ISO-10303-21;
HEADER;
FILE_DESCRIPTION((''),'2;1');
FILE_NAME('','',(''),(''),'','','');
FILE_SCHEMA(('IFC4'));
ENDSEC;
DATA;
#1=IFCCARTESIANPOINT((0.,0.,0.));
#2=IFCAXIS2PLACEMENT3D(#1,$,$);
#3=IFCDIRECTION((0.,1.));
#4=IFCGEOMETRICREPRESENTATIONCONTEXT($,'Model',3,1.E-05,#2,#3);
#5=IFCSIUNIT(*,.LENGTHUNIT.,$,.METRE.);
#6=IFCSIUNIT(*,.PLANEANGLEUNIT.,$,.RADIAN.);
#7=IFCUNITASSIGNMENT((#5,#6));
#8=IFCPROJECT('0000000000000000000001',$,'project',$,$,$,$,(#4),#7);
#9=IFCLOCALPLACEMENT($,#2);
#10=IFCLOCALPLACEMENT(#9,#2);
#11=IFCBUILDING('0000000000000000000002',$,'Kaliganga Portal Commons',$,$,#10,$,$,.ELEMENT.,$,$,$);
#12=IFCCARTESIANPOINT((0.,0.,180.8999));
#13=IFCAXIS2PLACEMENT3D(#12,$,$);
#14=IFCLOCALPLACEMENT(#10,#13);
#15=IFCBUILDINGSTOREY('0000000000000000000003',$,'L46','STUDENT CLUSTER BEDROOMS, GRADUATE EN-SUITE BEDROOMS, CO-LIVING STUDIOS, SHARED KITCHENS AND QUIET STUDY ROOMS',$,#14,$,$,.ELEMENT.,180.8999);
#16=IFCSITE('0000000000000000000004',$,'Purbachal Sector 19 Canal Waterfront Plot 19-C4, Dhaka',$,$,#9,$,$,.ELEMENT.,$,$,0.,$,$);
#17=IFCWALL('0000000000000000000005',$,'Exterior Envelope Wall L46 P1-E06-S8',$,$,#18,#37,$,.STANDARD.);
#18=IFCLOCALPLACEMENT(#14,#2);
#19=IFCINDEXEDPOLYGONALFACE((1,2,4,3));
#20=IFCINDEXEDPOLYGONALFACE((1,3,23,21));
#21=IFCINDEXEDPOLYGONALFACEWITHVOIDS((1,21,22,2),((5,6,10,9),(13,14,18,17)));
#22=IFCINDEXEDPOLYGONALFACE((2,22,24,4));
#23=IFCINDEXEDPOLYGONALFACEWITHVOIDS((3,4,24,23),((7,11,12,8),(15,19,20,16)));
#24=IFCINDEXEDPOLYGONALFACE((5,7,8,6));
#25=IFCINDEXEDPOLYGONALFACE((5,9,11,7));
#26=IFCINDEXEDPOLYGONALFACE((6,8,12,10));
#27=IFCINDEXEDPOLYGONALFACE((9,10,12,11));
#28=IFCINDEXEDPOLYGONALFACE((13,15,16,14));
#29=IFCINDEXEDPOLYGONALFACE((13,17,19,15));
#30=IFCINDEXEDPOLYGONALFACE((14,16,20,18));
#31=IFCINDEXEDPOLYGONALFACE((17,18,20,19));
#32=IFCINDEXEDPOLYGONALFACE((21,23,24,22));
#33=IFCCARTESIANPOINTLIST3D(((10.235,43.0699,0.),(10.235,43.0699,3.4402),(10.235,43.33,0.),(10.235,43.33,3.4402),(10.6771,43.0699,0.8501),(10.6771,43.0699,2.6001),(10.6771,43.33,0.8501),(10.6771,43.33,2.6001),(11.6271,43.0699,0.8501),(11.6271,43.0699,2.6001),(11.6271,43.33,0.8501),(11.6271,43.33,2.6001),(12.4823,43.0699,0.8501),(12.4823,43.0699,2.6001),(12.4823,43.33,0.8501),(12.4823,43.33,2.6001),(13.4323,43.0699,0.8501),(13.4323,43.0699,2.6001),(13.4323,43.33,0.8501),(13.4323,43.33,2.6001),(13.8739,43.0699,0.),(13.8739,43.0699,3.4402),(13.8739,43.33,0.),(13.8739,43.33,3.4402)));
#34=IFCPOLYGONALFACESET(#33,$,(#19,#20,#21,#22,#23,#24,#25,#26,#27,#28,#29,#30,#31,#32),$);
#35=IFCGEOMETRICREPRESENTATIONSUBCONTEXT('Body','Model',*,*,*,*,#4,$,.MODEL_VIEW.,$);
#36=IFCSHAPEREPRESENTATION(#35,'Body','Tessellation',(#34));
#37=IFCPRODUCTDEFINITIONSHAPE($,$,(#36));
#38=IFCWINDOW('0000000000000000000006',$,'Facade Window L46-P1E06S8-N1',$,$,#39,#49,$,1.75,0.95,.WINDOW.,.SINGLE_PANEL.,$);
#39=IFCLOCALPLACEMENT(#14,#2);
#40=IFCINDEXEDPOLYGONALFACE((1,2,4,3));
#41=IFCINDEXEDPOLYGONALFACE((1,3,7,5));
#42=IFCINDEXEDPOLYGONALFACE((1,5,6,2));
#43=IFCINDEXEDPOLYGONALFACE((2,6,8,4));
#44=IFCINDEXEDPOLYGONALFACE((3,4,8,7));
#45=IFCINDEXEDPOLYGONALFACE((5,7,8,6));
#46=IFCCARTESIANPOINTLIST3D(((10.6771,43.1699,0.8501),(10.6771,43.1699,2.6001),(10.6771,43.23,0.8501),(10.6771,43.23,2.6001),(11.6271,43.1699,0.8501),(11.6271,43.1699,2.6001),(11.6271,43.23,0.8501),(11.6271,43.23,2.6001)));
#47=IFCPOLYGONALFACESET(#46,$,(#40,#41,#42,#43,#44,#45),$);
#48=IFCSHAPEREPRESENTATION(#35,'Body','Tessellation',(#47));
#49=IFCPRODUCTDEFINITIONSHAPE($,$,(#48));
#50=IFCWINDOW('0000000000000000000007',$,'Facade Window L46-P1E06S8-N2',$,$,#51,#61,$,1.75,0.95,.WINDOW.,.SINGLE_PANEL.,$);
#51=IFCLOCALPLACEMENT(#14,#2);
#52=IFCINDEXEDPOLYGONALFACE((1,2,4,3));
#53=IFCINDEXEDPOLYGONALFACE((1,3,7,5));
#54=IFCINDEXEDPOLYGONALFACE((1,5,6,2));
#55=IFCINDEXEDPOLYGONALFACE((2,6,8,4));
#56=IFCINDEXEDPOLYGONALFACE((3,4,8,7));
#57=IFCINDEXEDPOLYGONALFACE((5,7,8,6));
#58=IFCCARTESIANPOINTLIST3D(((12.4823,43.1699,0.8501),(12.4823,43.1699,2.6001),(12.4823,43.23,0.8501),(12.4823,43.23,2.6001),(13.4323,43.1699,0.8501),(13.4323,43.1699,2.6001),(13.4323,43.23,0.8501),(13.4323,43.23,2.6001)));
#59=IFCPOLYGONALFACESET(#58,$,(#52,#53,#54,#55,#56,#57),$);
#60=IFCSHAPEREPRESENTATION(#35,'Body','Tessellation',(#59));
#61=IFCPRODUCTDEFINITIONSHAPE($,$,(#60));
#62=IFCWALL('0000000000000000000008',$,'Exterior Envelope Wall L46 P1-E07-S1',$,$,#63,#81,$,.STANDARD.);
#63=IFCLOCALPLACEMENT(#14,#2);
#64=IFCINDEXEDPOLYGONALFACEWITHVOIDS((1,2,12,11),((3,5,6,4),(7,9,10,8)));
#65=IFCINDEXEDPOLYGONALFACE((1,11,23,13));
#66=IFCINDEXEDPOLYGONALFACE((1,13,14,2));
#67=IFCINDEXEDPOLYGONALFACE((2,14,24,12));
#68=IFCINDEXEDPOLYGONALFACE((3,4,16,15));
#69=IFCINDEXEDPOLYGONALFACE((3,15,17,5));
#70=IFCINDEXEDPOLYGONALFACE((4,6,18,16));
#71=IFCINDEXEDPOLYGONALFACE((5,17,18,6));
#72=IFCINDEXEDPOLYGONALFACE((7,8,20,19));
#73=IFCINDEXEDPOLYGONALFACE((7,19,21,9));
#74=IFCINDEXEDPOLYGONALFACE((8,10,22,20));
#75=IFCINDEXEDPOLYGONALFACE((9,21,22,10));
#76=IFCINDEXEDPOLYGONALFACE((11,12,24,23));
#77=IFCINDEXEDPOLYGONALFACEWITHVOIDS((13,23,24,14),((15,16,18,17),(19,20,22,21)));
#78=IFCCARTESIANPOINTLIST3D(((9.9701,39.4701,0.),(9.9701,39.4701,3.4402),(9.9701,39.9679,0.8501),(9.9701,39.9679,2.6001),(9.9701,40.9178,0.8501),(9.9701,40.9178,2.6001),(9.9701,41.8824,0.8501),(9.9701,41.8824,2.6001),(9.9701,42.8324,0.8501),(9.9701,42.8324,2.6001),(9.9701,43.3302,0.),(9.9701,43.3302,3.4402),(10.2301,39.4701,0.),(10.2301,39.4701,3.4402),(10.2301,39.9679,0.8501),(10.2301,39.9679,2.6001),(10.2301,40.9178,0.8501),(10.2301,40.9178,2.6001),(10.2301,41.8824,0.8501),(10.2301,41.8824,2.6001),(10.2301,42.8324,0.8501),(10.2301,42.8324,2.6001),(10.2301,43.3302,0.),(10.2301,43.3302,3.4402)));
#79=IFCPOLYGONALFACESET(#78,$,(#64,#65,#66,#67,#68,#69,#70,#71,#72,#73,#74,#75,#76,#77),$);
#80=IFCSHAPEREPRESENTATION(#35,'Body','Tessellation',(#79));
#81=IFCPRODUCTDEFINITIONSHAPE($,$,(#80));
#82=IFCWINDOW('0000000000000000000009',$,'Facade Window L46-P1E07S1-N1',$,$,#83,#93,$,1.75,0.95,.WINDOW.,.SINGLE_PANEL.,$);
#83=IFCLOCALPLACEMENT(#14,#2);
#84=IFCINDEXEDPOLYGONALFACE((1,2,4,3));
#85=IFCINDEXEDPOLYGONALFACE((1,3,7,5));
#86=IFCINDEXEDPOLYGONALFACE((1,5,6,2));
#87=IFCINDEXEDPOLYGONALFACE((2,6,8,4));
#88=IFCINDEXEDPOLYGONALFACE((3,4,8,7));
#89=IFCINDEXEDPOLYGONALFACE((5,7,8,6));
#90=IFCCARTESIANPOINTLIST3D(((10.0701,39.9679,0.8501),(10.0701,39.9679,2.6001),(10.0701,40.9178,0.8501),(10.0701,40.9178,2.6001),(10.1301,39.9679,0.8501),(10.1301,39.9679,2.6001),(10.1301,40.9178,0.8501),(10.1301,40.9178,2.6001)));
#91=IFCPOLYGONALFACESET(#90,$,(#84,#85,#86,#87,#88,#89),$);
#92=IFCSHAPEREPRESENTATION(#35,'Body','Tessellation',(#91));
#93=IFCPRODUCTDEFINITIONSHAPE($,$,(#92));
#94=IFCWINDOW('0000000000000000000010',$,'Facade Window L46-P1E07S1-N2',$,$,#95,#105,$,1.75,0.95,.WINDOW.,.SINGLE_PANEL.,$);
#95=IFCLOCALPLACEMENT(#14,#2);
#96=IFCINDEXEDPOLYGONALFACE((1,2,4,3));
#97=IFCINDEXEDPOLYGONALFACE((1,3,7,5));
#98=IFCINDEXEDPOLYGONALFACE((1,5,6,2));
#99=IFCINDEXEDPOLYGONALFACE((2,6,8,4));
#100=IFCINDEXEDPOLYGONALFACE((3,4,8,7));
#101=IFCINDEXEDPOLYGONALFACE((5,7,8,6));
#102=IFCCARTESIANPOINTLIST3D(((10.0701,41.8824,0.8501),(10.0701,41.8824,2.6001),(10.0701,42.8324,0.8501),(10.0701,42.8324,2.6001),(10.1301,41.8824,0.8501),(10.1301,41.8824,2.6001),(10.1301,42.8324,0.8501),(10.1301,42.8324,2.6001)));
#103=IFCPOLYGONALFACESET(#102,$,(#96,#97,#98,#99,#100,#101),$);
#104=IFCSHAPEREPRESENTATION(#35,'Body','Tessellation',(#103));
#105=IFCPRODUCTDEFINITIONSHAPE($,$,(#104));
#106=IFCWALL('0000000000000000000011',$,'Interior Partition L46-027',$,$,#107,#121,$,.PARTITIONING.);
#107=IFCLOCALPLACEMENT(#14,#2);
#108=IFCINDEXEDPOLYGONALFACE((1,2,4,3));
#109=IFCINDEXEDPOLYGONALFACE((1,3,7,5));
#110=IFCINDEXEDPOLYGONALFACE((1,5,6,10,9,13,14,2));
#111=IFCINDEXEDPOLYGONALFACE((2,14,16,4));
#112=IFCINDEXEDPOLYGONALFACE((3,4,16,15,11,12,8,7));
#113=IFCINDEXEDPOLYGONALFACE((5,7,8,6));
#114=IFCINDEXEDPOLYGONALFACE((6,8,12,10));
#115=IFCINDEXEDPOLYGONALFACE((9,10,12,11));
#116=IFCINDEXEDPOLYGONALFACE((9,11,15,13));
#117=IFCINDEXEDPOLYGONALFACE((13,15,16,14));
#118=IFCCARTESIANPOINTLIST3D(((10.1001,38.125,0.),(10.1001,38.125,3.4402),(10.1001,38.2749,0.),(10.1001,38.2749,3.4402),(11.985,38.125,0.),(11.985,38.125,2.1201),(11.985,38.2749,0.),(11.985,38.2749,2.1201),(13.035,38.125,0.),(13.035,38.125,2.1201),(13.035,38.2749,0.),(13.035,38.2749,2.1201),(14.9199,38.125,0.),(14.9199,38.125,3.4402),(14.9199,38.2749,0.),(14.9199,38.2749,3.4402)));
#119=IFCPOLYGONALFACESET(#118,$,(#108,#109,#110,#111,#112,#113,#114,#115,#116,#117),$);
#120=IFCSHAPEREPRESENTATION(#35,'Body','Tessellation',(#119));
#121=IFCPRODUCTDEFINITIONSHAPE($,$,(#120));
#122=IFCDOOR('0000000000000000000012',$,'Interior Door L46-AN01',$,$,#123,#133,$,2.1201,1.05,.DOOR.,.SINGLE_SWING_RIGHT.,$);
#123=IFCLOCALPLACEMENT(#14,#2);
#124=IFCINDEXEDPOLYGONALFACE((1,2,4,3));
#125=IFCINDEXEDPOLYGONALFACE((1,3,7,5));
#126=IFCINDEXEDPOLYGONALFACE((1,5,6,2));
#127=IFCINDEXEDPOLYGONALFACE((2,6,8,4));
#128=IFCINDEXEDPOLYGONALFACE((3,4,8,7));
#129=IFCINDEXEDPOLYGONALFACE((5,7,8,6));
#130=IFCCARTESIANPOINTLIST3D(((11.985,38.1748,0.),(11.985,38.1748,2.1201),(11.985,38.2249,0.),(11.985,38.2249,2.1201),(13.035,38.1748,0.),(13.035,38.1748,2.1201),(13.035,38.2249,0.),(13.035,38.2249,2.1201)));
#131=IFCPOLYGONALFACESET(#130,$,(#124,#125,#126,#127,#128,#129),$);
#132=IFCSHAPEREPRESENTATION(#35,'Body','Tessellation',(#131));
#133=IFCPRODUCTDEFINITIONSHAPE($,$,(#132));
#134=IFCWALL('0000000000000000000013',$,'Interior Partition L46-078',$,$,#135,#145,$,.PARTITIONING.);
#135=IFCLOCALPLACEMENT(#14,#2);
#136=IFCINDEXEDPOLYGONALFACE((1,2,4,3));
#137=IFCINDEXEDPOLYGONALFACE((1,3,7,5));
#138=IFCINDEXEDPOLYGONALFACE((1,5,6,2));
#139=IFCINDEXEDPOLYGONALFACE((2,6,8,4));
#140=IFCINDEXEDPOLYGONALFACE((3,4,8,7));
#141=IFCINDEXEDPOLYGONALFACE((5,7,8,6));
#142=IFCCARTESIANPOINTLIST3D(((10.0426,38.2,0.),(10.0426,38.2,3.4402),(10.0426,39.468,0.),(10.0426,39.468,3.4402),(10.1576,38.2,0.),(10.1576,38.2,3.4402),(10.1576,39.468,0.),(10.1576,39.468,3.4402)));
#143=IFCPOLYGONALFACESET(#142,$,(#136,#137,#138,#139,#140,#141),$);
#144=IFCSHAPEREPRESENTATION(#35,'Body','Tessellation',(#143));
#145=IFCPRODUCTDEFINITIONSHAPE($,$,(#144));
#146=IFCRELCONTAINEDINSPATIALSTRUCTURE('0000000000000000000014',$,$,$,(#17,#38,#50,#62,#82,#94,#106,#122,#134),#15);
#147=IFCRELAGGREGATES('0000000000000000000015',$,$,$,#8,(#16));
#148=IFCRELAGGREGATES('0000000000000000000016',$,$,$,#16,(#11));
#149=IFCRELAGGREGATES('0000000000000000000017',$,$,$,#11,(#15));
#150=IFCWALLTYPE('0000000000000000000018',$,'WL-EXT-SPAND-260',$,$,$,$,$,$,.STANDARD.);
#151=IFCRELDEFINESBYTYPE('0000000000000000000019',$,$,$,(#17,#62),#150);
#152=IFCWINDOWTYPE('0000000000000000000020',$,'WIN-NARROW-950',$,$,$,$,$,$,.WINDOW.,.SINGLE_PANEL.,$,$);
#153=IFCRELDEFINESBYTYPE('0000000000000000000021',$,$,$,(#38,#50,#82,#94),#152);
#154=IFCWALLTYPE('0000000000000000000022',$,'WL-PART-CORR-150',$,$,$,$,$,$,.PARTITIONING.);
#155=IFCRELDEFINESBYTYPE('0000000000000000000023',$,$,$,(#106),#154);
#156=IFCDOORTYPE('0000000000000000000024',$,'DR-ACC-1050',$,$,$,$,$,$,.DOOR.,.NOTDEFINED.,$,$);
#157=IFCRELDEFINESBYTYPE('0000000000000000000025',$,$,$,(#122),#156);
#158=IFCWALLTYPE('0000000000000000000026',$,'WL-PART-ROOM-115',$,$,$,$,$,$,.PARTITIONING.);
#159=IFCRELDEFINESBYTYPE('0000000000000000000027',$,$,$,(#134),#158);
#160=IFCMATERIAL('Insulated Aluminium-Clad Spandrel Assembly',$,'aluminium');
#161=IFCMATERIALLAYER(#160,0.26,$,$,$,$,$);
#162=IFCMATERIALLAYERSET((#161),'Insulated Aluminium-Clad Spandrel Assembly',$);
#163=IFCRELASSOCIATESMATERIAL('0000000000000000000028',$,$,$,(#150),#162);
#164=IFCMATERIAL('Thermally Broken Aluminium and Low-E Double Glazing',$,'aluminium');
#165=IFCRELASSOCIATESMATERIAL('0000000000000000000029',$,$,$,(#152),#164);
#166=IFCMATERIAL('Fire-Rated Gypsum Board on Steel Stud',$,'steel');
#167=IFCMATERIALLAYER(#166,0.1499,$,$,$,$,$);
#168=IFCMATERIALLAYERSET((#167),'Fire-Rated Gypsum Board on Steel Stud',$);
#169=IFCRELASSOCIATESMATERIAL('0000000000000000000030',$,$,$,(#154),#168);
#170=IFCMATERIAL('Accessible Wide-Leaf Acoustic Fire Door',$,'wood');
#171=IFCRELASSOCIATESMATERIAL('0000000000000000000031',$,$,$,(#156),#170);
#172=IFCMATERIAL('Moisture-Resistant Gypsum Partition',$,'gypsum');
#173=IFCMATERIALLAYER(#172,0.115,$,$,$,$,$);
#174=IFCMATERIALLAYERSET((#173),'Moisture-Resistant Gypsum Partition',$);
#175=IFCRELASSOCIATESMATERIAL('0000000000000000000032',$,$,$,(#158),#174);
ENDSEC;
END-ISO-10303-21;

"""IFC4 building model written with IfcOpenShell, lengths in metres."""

from ifc_helpers import new_model, si_unit, direction, frame, frame_2d, origin, place, context, subcontext, project, spatial, rectangle, extrude, material, layer, layer_set, type_object, element, fill, save


model = new_model("IFC4")

# Units and contexts
model_context = context("Model", 3, precision=1e-05, world=origin(), true_north=direction((0.0, 1.0)))
body_context = subcontext(model_context, "Body", "Model", "MODEL_VIEW")
ifc_project = project(units=[si_unit("LENGTHUNIT", "METRE"), si_unit("PLANEANGLEUNIT", "RADIAN")], contexts=[model_context])

# Site, building, storey
site_placement = place(None, origin())
site = spatial("IfcSite", under=ifc_project, at=site_placement, Name="Purbachal Sector 19 Canal Waterfront Plot 19-C4, Dhaka", CompositionType="ELEMENT", RefElevation=0.0)
building_placement = place(site_placement, origin())
building = spatial("IfcBuilding", under=site, at=building_placement, Name="Kaliganga Portal Commons", CompositionType="ELEMENT")
storey_placement = place(building_placement, frame((0.0, 0.0, 180.8999)))
storey = spatial("IfcBuildingStorey", under=building, at=storey_placement, Name="L46", Description="STUDENT CLUSTER BEDROOMS, GRADUATE EN-SUITE BEDROOMS, CO-LIVING STUDIOS, SHARED KITCHENS AND QUIET STUDY ROOMS", CompositionType="ELEMENT", Elevation=180.8999)

# Walls, openings, windows
ifc_material_1 = material(Name="Insulated Aluminium-Clad Spandrel Assembly", Category="aluminium")
ifc_layer_1 = layer(ifc_material_1, 0.26)
ifc_layer_set_1 = layer_set([ifc_layer_1], Name="Insulated Aluminium-Clad Spandrel Assembly")
wall_type_1 = type_object("IfcWallType", Name="WL-EXT-SPAND-260", PredefinedType="STANDARD", material=ifc_layer_set_1)
wall_1_placement = place(storey_placement, frame((10.2351, 43.2, 0.0), z_axis=(0.0, 0.0, 1.0), x_axis=(1.0, 0.0, 0.0)))
wall_1 = element("IfcWall", 1, at=wall_1_placement, inside=storey, type_object=wall_type_1, Name="Exterior Envelope Wall L46 P1-E06-S8", PredefinedType="STANDARD", context=body_context, shape_type="SweptSolid", body=[
    extrude(rectangle(XDim=3.6389, YDim=0.26, at=frame_2d((1.8193, 0.0))), origin(), (0.0, 0.0, 1.0), 3.4402),
])
opening_1_placement = place(wall_1_placement, frame((0.4419, 0.0, 0.8501)))
opening_1 = element("IfcOpeningElement", 2, at=opening_1_placement, cuts=wall_1, PredefinedType="OPENING", context=body_context, shape_type="SweptSolid", body=[
    extrude(rectangle(XDim=0.95, YDim=1.75, at=frame_2d((0.4751, 0.875))), frame((0.0, 0.1401, 0.0), z_axis=(0.0, -1.0, 0.0), x_axis=(1.0, 0.0, 0.0)), (0.0, 0.0, 1.0), 0.28),
])
opening_2_placement = place(wall_1_placement, frame((2.2471, 0.0, 0.8501)))
opening_2 = element("IfcOpeningElement", 3, at=opening_2_placement, cuts=wall_1, PredefinedType="OPENING", context=body_context, shape_type="SweptSolid", body=[
    extrude(rectangle(XDim=0.95, YDim=1.75, at=frame_2d((0.4751, 0.875))), frame((0.0, 0.1401, 0.0), z_axis=(0.0, -1.0, 0.0), x_axis=(1.0, 0.0, 0.0)), (0.0, 0.0, 1.0), 0.28),
])
ifc_material_2 = material(Name="Thermally Broken Aluminium and Low-E Double Glazing", Category="aluminium")
window_type = type_object("IfcWindowType", Name="WIN-NARROW-950", PartitioningType="SINGLE_PANEL", PredefinedType="WINDOW", material=ifc_material_2)
window_1_placement = place(opening_1_placement, origin())
window_1 = element("IfcWindow", 4, at=window_1_placement, inside=storey, type_object=window_type, Name="Facade Window L46-P1E06S8-N1", OverallHeight=1.75, OverallWidth=0.95, PartitioningType="SINGLE_PANEL", PredefinedType="WINDOW", context=body_context, shape_type="SweptSolid", body=[
    extrude(rectangle(XDim=0.95, YDim=1.75, at=frame_2d((0.4751, 0.875))), frame((0.0, 0.03, 0.0), z_axis=(0.0, -1.0, 0.0), x_axis=(1.0, 0.0, 0.0)), (0.0, 0.0, 1.0), 0.0601),
])
fill(opening_1, window_1)
window_2_placement = place(opening_2_placement, origin())
window_2 = element("IfcWindow", 5, at=window_2_placement, inside=storey, type_object=window_type, Name="Facade Window L46-P1E06S8-N2", OverallHeight=1.75, OverallWidth=0.95, PartitioningType="SINGLE_PANEL", PredefinedType="WINDOW", context=body_context, shape_type="SweptSolid", body=[
    extrude(rectangle(XDim=0.95, YDim=1.75, at=frame_2d((0.4751, 0.875))), frame((0.0, 0.03, 0.0), z_axis=(0.0, -1.0, 0.0), x_axis=(1.0, 0.0, 0.0)), (0.0, 0.0, 1.0), 0.0601),
])
fill(opening_2, window_2)
wall_2_placement = place(storey_placement, frame((10.1001, 39.47, 0.0), z_axis=(0.0, 0.0, 1.0), x_axis=(0.0, 1.0, 0.0)))
wall_2 = element("IfcWall", 6, at=wall_2_placement, inside=storey, type_object=wall_type_1, Name="Exterior Envelope Wall L46 P1-E07-S1", PredefinedType="STANDARD", context=body_context, shape_type="SweptSolid", body=[
    extrude(rectangle(XDim=3.8601, YDim=0.26, at=frame_2d((1.9302, 0.0))), origin(), (0.0, 0.0, 1.0), 3.4402),
])
opening_3_placement = place(wall_2_placement, frame((0.4978, 0.0, 0.8501)))
opening_3 = element("IfcOpeningElement", 7, at=opening_3_placement, cuts=wall_2, PredefinedType="OPENING", context=body_context, shape_type="SweptSolid", body=[
    extrude(rectangle(XDim=0.95, YDim=1.75, at=frame_2d((0.4751, 0.875))), frame((0.0, 0.1401, 0.0), z_axis=(0.0, -1.0, 0.0), x_axis=(1.0, 0.0, 0.0)), (0.0, 0.0, 1.0), 0.28),
])
opening_4_placement = place(wall_2_placement, frame((2.4124, 0.0, 0.8501)))
opening_4 = element("IfcOpeningElement", 8, at=opening_4_placement, cuts=wall_2, PredefinedType="OPENING", context=body_context, shape_type="SweptSolid", body=[
    extrude(rectangle(XDim=0.95, YDim=1.75, at=frame_2d((0.4751, 0.875))), frame((0.0, 0.1401, 0.0), z_axis=(0.0, -1.0, 0.0), x_axis=(1.0, 0.0, 0.0)), (0.0, 0.0, 1.0), 0.28),
])
window_3_placement = place(opening_3_placement, origin())
window_3 = element("IfcWindow", 9, at=window_3_placement, inside=storey, type_object=window_type, Name="Facade Window L46-P1E07S1-N1", OverallHeight=1.75, OverallWidth=0.95, PartitioningType="SINGLE_PANEL", PredefinedType="WINDOW", context=body_context, shape_type="SweptSolid", body=[
    extrude(rectangle(XDim=0.95, YDim=1.75, at=frame_2d((0.4751, 0.875))), frame((0.0, 0.03, 0.0), z_axis=(0.0, -1.0, 0.0), x_axis=(1.0, 0.0, 0.0)), (0.0, 0.0, 1.0), 0.0601),
])
fill(opening_3, window_3)
window_4_placement = place(opening_4_placement, origin())
window_4 = element("IfcWindow", 10, at=window_4_placement, inside=storey, type_object=window_type, Name="Facade Window L46-P1E07S1-N2", OverallHeight=1.75, OverallWidth=0.95, PartitioningType="SINGLE_PANEL", PredefinedType="WINDOW", context=body_context, shape_type="SweptSolid", body=[
    extrude(rectangle(XDim=0.95, YDim=1.75, at=frame_2d((0.4751, 0.875))), frame((0.0, 0.03, 0.0), z_axis=(0.0, -1.0, 0.0), x_axis=(1.0, 0.0, 0.0)), (0.0, 0.0, 1.0), 0.0601),
])
fill(opening_4, window_4)

# Wall, opening, door
ifc_material_3 = material(Name="Fire-Rated Gypsum Board on Steel Stud", Category="steel")
ifc_layer_2 = layer(ifc_material_3, 0.1499)
ifc_layer_set_2 = layer_set([ifc_layer_2], Name="Fire-Rated Gypsum Board on Steel Stud")
wall_type_2 = type_object("IfcWallType", Name="WL-PART-CORR-150", PredefinedType="PARTITIONING", material=ifc_layer_set_2)
wall_3_placement = place(storey_placement, frame((10.1001, 38.2, 0.0), z_axis=(0.0, 0.0, 1.0), x_axis=(1.0, 0.0, 0.0)))
wall_3 = element("IfcWall", 11, at=wall_3_placement, inside=storey, type_object=wall_type_2, Name="Interior Partition L46-027", PredefinedType="PARTITIONING", context=body_context, shape_type="SweptSolid", body=[
    extrude(rectangle(XDim=4.8198, YDim=0.1499, at=frame_2d((2.4099, 0.0))), origin(), (0.0, 0.0, 1.0), 3.4402),
])
opening_5_placement = place(wall_3_placement, frame((1.885, 0.0, 0.0)))
opening_5 = element("IfcOpeningElement", 12, at=opening_5_placement, cuts=wall_3, PredefinedType="OPENING", context=body_context, shape_type="SweptSolid", body=[
    extrude(rectangle(XDim=1.05, YDim=2.1201, at=frame_2d((0.5249, 1.0601))), frame((0.0, 0.085, 0.0), z_axis=(0.0, -1.0, 0.0), x_axis=(1.0, 0.0, 0.0)), (0.0, 0.0, 1.0), 0.1699),
])
ifc_material_4 = material(Name="Accessible Wide-Leaf Acoustic Fire Door", Category="wood")
door_type_1 = type_object("IfcDoorType", Name="DR-ACC-1050", OperationType="NOTDEFINED", PredefinedType="DOOR", material=ifc_material_4)
door_1_placement = place(opening_5_placement, origin())
door_1 = element("IfcDoor", 13, at=door_1_placement, inside=storey, type_object=door_type_1, Name="Interior Door L46-AN01", OperationType="SINGLE_SWING_RIGHT", OverallHeight=2.1201, OverallWidth=1.05, PredefinedType="DOOR", context=body_context, shape_type="SweptSolid", body=[
    extrude(rectangle(XDim=1.05, YDim=2.1201, at=frame_2d((0.5249, 1.0601))), frame((0.0, 0.0249, 0.0), z_axis=(0.0, -1.0, 0.0), x_axis=(1.0, 0.0, 0.0)), (0.0, 0.0, 1.0), 0.05),
])
fill(opening_5, door_1)

# Wall
ifc_material_5 = material(Name="Moisture-Resistant Gypsum Partition", Category="gypsum")
ifc_layer_3 = layer(ifc_material_5, 0.115)
ifc_layer_set_3 = layer_set([ifc_layer_3], Name="Moisture-Resistant Gypsum Partition")
wall_type_3 = type_object("IfcWallType", Name="WL-PART-ROOM-115", PredefinedType="PARTITIONING", material=ifc_layer_set_3)
wall_4_placement = place(storey_placement, frame((10.1001, 38.2, 0.0), z_axis=(0.0, 0.0, 1.0), x_axis=(0.0, 1.0, 0.0)))
element("IfcWall", 14, at=wall_4_placement, inside=storey, type_object=wall_type_3, Name="Interior Partition L46-078", PredefinedType="PARTITIONING", context=body_context, shape_type="SweptSolid", body=[
    extrude(rectangle(XDim=1.2681, YDim=0.115, at=frame_2d((0.634, 0.0))), origin(), (0.0, 0.0, 1.0), 3.4402),
])

save(model, "model.ifc")
